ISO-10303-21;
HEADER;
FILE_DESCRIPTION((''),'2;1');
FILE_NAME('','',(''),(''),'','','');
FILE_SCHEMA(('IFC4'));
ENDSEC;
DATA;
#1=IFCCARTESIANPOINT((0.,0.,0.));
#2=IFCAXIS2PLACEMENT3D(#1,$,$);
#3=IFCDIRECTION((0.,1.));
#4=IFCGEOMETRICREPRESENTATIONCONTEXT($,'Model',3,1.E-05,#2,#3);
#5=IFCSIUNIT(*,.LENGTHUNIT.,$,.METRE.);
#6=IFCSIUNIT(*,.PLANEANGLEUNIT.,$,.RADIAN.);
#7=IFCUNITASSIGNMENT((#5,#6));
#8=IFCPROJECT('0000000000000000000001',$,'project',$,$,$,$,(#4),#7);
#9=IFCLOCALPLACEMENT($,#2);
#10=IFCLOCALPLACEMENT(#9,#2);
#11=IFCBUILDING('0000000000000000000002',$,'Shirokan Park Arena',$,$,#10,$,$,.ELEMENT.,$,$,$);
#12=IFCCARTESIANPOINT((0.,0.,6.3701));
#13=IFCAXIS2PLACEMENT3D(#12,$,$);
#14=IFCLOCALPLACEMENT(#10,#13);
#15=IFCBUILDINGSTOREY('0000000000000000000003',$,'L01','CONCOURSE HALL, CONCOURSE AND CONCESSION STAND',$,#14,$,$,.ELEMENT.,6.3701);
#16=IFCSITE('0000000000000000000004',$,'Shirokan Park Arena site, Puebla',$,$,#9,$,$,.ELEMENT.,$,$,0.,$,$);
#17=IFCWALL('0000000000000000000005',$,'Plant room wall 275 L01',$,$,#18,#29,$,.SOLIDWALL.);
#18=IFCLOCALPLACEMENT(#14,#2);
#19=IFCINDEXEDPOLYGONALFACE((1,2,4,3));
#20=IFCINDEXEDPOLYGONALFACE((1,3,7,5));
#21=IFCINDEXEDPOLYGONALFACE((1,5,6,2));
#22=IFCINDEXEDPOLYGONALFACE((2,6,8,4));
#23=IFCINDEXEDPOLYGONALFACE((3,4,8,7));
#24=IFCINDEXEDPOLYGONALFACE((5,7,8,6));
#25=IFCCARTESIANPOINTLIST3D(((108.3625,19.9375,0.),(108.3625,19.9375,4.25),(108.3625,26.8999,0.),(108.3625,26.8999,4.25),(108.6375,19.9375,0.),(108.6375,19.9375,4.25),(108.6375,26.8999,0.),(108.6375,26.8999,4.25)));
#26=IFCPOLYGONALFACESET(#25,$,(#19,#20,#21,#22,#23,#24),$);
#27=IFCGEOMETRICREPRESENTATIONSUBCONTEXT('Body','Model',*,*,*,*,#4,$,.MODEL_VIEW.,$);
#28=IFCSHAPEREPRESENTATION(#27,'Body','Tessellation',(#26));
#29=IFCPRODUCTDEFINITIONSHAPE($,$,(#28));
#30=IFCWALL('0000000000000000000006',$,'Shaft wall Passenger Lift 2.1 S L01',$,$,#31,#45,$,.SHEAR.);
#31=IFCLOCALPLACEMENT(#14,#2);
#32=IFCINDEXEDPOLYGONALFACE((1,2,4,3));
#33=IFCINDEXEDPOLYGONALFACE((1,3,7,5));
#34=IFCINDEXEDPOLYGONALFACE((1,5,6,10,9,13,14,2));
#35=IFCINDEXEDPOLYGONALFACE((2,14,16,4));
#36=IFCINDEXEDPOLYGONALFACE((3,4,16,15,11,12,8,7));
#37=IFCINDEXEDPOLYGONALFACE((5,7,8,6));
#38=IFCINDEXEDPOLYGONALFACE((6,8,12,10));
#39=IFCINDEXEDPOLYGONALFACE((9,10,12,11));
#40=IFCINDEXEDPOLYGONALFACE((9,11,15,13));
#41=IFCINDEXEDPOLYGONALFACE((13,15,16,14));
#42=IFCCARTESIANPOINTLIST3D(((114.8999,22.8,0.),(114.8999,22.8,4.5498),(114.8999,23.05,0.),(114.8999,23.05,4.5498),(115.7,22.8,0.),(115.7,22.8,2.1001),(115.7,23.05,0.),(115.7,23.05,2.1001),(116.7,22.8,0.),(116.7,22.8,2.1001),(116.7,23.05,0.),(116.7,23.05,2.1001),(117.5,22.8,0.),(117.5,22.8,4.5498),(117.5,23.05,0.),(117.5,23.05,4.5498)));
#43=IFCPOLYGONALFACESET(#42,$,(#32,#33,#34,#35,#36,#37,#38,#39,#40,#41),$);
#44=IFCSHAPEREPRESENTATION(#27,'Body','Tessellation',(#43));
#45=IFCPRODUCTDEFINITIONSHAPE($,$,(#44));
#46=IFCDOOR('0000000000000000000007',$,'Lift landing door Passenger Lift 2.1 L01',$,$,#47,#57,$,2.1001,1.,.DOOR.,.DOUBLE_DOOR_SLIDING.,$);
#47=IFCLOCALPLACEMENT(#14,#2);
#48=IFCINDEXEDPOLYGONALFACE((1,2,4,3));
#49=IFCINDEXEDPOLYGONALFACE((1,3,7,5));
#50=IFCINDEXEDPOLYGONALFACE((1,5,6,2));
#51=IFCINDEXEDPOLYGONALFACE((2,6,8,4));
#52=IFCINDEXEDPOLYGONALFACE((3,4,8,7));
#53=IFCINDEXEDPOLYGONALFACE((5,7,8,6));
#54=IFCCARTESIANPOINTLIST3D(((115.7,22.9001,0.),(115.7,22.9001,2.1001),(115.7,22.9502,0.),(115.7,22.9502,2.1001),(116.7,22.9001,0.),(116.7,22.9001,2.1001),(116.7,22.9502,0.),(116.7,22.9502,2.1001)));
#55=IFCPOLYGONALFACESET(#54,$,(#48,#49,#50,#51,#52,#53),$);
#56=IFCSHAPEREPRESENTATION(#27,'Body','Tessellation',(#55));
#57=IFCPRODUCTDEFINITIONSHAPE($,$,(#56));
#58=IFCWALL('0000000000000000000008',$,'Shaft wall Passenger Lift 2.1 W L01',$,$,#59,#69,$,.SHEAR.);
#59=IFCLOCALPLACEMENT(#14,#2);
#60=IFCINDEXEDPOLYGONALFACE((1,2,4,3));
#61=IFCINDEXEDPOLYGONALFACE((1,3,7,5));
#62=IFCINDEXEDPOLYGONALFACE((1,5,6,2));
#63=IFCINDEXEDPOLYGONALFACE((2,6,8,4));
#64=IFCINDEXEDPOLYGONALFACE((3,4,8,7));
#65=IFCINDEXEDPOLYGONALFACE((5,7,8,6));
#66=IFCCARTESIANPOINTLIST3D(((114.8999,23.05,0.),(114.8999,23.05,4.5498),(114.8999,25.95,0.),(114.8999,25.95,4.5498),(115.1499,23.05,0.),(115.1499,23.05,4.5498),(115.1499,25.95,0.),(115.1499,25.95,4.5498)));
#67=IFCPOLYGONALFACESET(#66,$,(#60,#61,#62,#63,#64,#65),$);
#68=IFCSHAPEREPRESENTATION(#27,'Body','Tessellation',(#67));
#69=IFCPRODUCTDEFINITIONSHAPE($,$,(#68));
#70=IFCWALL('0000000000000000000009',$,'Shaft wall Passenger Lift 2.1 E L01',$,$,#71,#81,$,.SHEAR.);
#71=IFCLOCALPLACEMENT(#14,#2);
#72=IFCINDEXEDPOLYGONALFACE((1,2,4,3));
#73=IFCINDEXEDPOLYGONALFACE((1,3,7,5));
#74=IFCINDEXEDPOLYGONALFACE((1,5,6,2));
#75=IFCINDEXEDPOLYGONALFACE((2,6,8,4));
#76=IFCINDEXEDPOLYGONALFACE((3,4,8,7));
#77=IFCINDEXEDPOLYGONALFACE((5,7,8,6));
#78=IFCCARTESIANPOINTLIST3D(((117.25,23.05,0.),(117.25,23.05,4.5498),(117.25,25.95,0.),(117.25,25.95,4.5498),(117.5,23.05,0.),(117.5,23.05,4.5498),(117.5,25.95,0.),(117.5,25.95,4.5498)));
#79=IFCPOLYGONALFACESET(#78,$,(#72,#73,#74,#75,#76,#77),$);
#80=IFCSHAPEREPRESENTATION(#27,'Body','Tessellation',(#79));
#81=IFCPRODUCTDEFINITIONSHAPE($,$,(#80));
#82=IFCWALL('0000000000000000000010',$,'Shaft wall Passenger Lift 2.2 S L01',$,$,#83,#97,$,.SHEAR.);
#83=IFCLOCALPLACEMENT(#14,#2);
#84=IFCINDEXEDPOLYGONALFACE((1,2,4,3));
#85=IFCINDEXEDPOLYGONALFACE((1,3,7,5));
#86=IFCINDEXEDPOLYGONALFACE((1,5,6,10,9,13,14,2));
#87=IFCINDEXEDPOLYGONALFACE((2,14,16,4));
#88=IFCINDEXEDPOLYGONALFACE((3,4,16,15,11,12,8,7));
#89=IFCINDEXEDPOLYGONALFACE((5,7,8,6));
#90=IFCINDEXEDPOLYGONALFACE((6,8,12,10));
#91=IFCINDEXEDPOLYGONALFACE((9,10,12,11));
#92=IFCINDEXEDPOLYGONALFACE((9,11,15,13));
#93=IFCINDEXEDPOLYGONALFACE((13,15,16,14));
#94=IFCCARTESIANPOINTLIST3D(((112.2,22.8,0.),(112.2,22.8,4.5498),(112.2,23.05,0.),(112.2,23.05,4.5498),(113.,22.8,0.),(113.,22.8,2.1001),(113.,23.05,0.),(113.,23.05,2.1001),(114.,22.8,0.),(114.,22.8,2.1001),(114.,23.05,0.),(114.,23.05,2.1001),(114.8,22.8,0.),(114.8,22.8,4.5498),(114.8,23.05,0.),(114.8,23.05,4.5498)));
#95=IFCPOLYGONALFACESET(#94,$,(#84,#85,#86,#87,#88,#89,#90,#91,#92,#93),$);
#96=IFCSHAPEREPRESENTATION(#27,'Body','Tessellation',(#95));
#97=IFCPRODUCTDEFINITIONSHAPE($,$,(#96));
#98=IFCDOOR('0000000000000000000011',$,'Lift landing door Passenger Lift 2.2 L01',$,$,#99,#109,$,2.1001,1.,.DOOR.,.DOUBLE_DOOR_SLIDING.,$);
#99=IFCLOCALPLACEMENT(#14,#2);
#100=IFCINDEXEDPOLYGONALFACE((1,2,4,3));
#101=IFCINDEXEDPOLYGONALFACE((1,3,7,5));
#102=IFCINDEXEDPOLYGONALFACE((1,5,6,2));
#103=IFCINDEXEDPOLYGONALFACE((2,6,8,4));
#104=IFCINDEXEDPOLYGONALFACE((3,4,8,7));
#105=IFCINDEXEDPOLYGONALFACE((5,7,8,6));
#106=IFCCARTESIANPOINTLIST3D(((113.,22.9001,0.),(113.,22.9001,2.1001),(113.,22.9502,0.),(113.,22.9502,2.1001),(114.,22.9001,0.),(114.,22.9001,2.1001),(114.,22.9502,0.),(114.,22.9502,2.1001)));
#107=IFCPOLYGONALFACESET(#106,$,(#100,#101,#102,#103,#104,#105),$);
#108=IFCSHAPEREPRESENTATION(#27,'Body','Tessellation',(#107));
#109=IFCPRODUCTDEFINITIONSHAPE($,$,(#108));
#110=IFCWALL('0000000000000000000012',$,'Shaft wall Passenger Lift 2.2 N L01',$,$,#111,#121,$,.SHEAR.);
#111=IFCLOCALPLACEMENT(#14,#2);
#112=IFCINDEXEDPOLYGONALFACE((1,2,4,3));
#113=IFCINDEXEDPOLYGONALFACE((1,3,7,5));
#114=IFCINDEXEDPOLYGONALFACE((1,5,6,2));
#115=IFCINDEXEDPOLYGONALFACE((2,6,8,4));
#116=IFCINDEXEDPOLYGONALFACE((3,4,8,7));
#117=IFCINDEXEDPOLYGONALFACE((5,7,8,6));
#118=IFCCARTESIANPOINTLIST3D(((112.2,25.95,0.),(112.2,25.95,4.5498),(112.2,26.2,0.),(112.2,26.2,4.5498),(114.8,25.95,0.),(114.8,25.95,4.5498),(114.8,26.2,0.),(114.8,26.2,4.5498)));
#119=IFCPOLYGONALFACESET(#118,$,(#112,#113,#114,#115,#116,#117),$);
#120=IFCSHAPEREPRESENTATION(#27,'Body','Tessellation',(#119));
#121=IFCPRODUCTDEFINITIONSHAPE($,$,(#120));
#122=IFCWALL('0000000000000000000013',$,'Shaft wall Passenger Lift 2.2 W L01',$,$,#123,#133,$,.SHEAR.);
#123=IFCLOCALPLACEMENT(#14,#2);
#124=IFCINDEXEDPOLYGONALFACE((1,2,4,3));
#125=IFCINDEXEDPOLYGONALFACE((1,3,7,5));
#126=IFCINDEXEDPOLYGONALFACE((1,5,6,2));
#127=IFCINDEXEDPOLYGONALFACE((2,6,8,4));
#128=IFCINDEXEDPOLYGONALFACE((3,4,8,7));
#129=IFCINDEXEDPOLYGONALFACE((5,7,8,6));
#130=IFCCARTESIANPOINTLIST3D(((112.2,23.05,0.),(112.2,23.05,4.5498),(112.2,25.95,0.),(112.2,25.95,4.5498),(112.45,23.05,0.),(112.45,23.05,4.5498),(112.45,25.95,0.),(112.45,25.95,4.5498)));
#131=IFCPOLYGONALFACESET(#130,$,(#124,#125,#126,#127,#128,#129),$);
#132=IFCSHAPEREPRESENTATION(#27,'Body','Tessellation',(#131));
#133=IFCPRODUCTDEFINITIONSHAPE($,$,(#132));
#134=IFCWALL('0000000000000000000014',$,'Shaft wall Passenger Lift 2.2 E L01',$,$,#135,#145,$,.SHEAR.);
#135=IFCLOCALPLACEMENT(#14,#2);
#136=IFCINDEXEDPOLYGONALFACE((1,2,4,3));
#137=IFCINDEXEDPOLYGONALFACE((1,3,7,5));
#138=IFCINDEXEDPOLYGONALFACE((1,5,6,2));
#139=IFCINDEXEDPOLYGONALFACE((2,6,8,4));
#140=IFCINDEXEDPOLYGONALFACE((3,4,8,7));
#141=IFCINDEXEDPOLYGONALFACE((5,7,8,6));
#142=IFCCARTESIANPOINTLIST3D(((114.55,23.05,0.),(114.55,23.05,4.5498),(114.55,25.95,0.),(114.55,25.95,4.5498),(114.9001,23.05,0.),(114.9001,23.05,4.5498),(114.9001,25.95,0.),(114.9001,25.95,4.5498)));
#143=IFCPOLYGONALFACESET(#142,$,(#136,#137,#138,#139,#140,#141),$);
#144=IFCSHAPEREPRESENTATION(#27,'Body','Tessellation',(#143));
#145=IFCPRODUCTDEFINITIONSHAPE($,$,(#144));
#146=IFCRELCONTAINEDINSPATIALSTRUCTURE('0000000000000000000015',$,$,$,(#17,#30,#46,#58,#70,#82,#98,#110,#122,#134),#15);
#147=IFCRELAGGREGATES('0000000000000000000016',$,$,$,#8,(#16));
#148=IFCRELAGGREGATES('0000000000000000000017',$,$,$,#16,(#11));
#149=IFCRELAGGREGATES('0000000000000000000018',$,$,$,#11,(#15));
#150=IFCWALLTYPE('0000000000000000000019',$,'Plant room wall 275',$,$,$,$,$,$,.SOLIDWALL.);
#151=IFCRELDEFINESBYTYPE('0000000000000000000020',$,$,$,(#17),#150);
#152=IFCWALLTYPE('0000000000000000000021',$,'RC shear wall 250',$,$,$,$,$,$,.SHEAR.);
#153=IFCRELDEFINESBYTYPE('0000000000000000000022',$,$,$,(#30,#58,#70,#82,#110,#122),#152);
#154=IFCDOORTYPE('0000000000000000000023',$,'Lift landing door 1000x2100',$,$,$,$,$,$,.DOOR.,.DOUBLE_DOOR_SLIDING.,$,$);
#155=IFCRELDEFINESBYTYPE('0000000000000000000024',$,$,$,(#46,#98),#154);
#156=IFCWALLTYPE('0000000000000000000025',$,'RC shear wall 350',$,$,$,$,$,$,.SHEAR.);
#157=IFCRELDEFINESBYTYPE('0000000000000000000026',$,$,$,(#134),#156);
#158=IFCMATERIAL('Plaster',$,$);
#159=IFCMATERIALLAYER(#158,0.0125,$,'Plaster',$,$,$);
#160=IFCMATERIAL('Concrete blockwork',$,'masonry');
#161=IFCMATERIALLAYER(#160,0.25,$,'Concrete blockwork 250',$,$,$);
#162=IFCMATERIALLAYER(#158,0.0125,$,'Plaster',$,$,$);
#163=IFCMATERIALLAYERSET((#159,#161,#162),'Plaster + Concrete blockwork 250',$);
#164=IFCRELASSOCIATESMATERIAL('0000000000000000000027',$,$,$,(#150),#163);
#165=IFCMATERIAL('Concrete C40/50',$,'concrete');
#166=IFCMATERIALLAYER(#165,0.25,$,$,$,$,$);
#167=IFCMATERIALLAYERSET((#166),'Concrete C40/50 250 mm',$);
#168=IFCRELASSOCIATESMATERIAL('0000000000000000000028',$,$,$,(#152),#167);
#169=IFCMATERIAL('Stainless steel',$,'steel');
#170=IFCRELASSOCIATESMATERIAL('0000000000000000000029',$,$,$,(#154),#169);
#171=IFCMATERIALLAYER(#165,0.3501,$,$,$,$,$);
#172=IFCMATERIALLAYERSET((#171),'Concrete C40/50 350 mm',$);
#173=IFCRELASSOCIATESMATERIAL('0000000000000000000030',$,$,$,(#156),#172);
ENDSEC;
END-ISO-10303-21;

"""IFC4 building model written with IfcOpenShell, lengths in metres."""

from ifc_helpers import new_model, si_unit, direction, frame, frame_2d, origin, place, context, subcontext, project, spatial, rectangle, extrude, material, layer, layer_set, type_object, element, fill, save


model = new_model("IFC4")

# Units and contexts
model_context = context("Model", 3, precision=1e-05, world=origin(), true_north=direction((0.0, 1.0)))
body_context = subcontext(model_context, "Body", "Model", "MODEL_VIEW")
ifc_project = project(units=[si_unit("LENGTHUNIT", "METRE"), si_unit("PLANEANGLEUNIT", "RADIAN")], contexts=[model_context])

# Site, building, storey
site_placement = place(None, origin())
site = spatial("IfcSite", under=ifc_project, at=site_placement, Name="Shirokan Park Arena site, Puebla", CompositionType="ELEMENT", RefElevation=0.0)
building_placement = place(site_placement, origin())
building = spatial("IfcBuilding", under=site, at=building_placement, Name="Shirokan Park Arena", CompositionType="ELEMENT")
storey_placement = place(building_placement, frame((0.0, 0.0, 6.3701)))
storey = spatial("IfcBuildingStorey", under=building, at=storey_placement, Name="L01", Description="CONCOURSE HALL, CONCOURSE AND CONCESSION STAND", CompositionType="ELEMENT", Elevation=6.3701)

# Shared definitions
ifc_material_1 = material(Name="Plaster")
ifc_material_2 = material(Name="Concrete blockwork", Category="masonry")

# Shared definitions
ifc_layer_1 = layer(ifc_material_1, 0.0125, Name="Plaster")
ifc_layer_2 = layer(ifc_material_2, 0.25, Name="Concrete blockwork 250")
ifc_layer_3 = layer(ifc_material_1, 0.0125, Name="Plaster")
ifc_layer_set_1 = layer_set([ifc_layer_1, ifc_layer_2, ifc_layer_3], Name="Plaster + Concrete blockwork 250")
wall_type_1 = type_object("IfcWallType", Name="Plant room wall 275", PredefinedType="SOLIDWALL", material=ifc_layer_set_1)

# Wall
wall_1_placement = place(storey_placement, frame((108.5, 19.9375, 0.0), z_axis=(0.0, 0.0, 1.0), x_axis=(0.0, 1.0, 0.0)))
element("IfcWall", 1, at=wall_1_placement, inside=storey, type_object=wall_type_1, Name="Plant room wall 275 L01", PredefinedType="SOLIDWALL", context=body_context, shape_type="SweptSolid", body=[
    extrude(rectangle(XDim=6.9624, YDim=0.2749, at=frame_2d((3.4812, 0.0))), origin(), (0.0, 0.0, 1.0), 4.25),
])

# Wall, opening, door
ifc_material_3 = material(Name="Concrete C40/50", Category="concrete")
ifc_layer_4 = layer(ifc_material_3, 0.25)
ifc_layer_set_2 = layer_set([ifc_layer_4], Name="Concrete C40/50 250 mm")
wall_type_2 = type_object("IfcWallType", Name="RC shear wall 250", PredefinedType="SHEAR", material=ifc_layer_set_2)
wall_2_placement = place(storey_placement, frame((117.5, 22.925, 0.0), z_axis=(0.0, 0.0, 1.0), x_axis=(-1.0, 0.0, 0.0)))
wall_2 = element("IfcWall", 2, at=wall_2_placement, inside=storey, type_object=wall_type_2, Name="Shaft wall Passenger Lift 2.1 S L01", PredefinedType="SHEAR", context=body_context, shape_type="SweptSolid", body=[
    extrude(rectangle(XDim=2.6001, YDim=0.25, at=frame_2d((1.3, 0.0))), origin(), (0.0, 0.0, 1.0), 4.5498),
])
opening_1_placement = place(wall_2_placement, frame((0.8, 0.0, 0.0)))
opening_1 = element("IfcOpeningElement", 3, at=opening_1_placement, cuts=wall_2, PredefinedType="OPENING", context=body_context, shape_type="SweptSolid", body=[
    extrude(rectangle(XDim=1.0, YDim=2.1001, at=frame_2d((0.5, 1.05))), frame((0.0, 0.135, 0.0), z_axis=(0.0, -1.0, 0.0), x_axis=(1.0, 0.0, 0.0)), (0.0, 0.0, 1.0), 0.27),
])
ifc_material_4 = material(Name="Stainless steel", Category="steel")
door_type_1 = type_object("IfcDoorType", Name="Lift landing door 1000x2100", OperationType="DOUBLE_DOOR_SLIDING", PredefinedType="DOOR", material=ifc_material_4)
door_1_placement = place(opening_1_placement, origin())
door_1 = element("IfcDoor", 4, at=door_1_placement, inside=storey, type_object=door_type_1, Name="Lift landing door Passenger Lift 2.1 L01", OperationType="DOUBLE_DOOR_SLIDING", OverallHeight=2.1001, OverallWidth=1.0, PredefinedType="DOOR", context=body_context, shape_type="SweptSolid", body=[
    extrude(rectangle(XDim=1.0, YDim=2.1001, at=frame_2d((0.5, 1.05))), frame((0.0, 0.0249, 0.0), z_axis=(0.0, -1.0, 0.0), x_axis=(1.0, 0.0, 0.0)), (0.0, 0.0, 1.0), 0.05),
])
fill(opening_1, door_1)

# Walls
for number, where, z_axis, x_axis, name in (
    (5, (115.0249, 25.95, 0.0), (0.0, 0.0, 1.0), (0.0, -1.0, 0.0), "Shaft wall Passenger Lift 2.1 W L01"),
    (6, (117.375, 25.95, 0.0), (0.0, 0.0, 1.0), (0.0, -1.0, 0.0), "Shaft wall Passenger Lift 2.1 E L01"),
):
    element("IfcWall", number, at=place(storey_placement, frame(where, z_axis=z_axis, x_axis=x_axis)), inside=storey, type_object=wall_type_2, Name=name, PredefinedType="SHEAR", context=body_context, shape_type="SweptSolid", body=[
        extrude(rectangle(XDim=2.8999, YDim=0.25, at=frame_2d((1.45, 0.0))), origin(), (0.0, 0.0, 1.0), 4.5498),
    ])

# Wall, opening, door
wall_3_placement = place(storey_placement, frame((114.8, 22.925, 0.0), z_axis=(0.0, 0.0, 1.0), x_axis=(-1.0, 0.0, 0.0)))
wall_3 = element("IfcWall", 7, at=wall_3_placement, inside=storey, type_object=wall_type_2, Name="Shaft wall Passenger Lift 2.2 S L01", PredefinedType="SHEAR", context=body_context, shape_type="SweptSolid", body=[
    extrude(rectangle(XDim=2.6001, YDim=0.25, at=frame_2d((1.3, 0.0))), origin(), (0.0, 0.0, 1.0), 4.5498),
])
opening_2_placement = place(wall_3_placement, frame((0.8, 0.0, 0.0)))
opening_2 = element("IfcOpeningElement", 8, at=opening_2_placement, cuts=wall_3, PredefinedType="OPENING", context=body_context, shape_type="SweptSolid", body=[
    extrude(rectangle(XDim=1.0, YDim=2.1001, at=frame_2d((0.5, 1.05))), frame((0.0, 0.135, 0.0), z_axis=(0.0, -1.0, 0.0), x_axis=(1.0, 0.0, 0.0)), (0.0, 0.0, 1.0), 0.27),
])
door_2_placement = place(opening_2_placement, origin())
door_2 = element("IfcDoor", 9, at=door_2_placement, inside=storey, type_object=door_type_1, Name="Lift landing door Passenger Lift 2.2 L01", OperationType="DOUBLE_DOOR_SLIDING", OverallHeight=2.1001, OverallWidth=1.0, PredefinedType="DOOR", context=body_context, shape_type="SweptSolid", body=[
    extrude(rectangle(XDim=1.0, YDim=2.1001, at=frame_2d((0.5, 1.05))), frame((0.0, 0.0249, 0.0), z_axis=(0.0, -1.0, 0.0), x_axis=(1.0, 0.0, 0.0)), (0.0, 0.0, 1.0), 0.05),
])
fill(opening_2, door_2)

# Walls
wall_4_placement = place(storey_placement, frame((114.8, 26.075, 0.0), z_axis=(0.0, 0.0, 1.0), x_axis=(-1.0, 0.0, 0.0)))
element("IfcWall", 10, at=wall_4_placement, inside=storey, type_object=wall_type_2, Name="Shaft wall Passenger Lift 2.2 N L01", PredefinedType="SHEAR", context=body_context, shape_type="SweptSolid", body=[
    extrude(rectangle(XDim=2.6001, YDim=0.25, at=frame_2d((1.3, 0.0))), origin(), (0.0, 0.0, 1.0), 4.5498),
])
wall_5_placement = place(storey_placement, frame((112.325, 25.95, 0.0), z_axis=(0.0, 0.0, 1.0), x_axis=(0.0, -1.0, 0.0)))
element("IfcWall", 11, at=wall_5_placement, inside=storey, type_object=wall_type_2, Name="Shaft wall Passenger Lift 2.2 W L01", PredefinedType="SHEAR", context=body_context, shape_type="SweptSolid", body=[
    extrude(rectangle(XDim=2.8999, YDim=0.25, at=frame_2d((1.45, 0.0))), origin(), (0.0, 0.0, 1.0), 4.5498),
])
ifc_layer_5 = layer(ifc_material_3, 0.3501)
ifc_layer_set_3 = layer_set([ifc_layer_5], Name="Concrete C40/50 350 mm")
wall_type_3 = type_object("IfcWallType", Name="RC shear wall 350", PredefinedType="SHEAR", material=ifc_layer_set_3)
wall_6_placement = place(storey_placement, frame((114.7251, 25.95, 0.0), z_axis=(0.0, 0.0, 1.0), x_axis=(0.0, -1.0, 0.0)))
element("IfcWall", 12, at=wall_6_placement, inside=storey, type_object=wall_type_3, Name="Shaft wall Passenger Lift 2.2 E L01", PredefinedType="SHEAR", context=body_context, shape_type="SweptSolid", body=[
    extrude(rectangle(XDim=2.8999, YDim=0.3501, at=frame_2d((1.45, 0.0))), origin(), (0.0, 0.0, 1.0), 4.5498),
])

save(model, "model.ifc")
